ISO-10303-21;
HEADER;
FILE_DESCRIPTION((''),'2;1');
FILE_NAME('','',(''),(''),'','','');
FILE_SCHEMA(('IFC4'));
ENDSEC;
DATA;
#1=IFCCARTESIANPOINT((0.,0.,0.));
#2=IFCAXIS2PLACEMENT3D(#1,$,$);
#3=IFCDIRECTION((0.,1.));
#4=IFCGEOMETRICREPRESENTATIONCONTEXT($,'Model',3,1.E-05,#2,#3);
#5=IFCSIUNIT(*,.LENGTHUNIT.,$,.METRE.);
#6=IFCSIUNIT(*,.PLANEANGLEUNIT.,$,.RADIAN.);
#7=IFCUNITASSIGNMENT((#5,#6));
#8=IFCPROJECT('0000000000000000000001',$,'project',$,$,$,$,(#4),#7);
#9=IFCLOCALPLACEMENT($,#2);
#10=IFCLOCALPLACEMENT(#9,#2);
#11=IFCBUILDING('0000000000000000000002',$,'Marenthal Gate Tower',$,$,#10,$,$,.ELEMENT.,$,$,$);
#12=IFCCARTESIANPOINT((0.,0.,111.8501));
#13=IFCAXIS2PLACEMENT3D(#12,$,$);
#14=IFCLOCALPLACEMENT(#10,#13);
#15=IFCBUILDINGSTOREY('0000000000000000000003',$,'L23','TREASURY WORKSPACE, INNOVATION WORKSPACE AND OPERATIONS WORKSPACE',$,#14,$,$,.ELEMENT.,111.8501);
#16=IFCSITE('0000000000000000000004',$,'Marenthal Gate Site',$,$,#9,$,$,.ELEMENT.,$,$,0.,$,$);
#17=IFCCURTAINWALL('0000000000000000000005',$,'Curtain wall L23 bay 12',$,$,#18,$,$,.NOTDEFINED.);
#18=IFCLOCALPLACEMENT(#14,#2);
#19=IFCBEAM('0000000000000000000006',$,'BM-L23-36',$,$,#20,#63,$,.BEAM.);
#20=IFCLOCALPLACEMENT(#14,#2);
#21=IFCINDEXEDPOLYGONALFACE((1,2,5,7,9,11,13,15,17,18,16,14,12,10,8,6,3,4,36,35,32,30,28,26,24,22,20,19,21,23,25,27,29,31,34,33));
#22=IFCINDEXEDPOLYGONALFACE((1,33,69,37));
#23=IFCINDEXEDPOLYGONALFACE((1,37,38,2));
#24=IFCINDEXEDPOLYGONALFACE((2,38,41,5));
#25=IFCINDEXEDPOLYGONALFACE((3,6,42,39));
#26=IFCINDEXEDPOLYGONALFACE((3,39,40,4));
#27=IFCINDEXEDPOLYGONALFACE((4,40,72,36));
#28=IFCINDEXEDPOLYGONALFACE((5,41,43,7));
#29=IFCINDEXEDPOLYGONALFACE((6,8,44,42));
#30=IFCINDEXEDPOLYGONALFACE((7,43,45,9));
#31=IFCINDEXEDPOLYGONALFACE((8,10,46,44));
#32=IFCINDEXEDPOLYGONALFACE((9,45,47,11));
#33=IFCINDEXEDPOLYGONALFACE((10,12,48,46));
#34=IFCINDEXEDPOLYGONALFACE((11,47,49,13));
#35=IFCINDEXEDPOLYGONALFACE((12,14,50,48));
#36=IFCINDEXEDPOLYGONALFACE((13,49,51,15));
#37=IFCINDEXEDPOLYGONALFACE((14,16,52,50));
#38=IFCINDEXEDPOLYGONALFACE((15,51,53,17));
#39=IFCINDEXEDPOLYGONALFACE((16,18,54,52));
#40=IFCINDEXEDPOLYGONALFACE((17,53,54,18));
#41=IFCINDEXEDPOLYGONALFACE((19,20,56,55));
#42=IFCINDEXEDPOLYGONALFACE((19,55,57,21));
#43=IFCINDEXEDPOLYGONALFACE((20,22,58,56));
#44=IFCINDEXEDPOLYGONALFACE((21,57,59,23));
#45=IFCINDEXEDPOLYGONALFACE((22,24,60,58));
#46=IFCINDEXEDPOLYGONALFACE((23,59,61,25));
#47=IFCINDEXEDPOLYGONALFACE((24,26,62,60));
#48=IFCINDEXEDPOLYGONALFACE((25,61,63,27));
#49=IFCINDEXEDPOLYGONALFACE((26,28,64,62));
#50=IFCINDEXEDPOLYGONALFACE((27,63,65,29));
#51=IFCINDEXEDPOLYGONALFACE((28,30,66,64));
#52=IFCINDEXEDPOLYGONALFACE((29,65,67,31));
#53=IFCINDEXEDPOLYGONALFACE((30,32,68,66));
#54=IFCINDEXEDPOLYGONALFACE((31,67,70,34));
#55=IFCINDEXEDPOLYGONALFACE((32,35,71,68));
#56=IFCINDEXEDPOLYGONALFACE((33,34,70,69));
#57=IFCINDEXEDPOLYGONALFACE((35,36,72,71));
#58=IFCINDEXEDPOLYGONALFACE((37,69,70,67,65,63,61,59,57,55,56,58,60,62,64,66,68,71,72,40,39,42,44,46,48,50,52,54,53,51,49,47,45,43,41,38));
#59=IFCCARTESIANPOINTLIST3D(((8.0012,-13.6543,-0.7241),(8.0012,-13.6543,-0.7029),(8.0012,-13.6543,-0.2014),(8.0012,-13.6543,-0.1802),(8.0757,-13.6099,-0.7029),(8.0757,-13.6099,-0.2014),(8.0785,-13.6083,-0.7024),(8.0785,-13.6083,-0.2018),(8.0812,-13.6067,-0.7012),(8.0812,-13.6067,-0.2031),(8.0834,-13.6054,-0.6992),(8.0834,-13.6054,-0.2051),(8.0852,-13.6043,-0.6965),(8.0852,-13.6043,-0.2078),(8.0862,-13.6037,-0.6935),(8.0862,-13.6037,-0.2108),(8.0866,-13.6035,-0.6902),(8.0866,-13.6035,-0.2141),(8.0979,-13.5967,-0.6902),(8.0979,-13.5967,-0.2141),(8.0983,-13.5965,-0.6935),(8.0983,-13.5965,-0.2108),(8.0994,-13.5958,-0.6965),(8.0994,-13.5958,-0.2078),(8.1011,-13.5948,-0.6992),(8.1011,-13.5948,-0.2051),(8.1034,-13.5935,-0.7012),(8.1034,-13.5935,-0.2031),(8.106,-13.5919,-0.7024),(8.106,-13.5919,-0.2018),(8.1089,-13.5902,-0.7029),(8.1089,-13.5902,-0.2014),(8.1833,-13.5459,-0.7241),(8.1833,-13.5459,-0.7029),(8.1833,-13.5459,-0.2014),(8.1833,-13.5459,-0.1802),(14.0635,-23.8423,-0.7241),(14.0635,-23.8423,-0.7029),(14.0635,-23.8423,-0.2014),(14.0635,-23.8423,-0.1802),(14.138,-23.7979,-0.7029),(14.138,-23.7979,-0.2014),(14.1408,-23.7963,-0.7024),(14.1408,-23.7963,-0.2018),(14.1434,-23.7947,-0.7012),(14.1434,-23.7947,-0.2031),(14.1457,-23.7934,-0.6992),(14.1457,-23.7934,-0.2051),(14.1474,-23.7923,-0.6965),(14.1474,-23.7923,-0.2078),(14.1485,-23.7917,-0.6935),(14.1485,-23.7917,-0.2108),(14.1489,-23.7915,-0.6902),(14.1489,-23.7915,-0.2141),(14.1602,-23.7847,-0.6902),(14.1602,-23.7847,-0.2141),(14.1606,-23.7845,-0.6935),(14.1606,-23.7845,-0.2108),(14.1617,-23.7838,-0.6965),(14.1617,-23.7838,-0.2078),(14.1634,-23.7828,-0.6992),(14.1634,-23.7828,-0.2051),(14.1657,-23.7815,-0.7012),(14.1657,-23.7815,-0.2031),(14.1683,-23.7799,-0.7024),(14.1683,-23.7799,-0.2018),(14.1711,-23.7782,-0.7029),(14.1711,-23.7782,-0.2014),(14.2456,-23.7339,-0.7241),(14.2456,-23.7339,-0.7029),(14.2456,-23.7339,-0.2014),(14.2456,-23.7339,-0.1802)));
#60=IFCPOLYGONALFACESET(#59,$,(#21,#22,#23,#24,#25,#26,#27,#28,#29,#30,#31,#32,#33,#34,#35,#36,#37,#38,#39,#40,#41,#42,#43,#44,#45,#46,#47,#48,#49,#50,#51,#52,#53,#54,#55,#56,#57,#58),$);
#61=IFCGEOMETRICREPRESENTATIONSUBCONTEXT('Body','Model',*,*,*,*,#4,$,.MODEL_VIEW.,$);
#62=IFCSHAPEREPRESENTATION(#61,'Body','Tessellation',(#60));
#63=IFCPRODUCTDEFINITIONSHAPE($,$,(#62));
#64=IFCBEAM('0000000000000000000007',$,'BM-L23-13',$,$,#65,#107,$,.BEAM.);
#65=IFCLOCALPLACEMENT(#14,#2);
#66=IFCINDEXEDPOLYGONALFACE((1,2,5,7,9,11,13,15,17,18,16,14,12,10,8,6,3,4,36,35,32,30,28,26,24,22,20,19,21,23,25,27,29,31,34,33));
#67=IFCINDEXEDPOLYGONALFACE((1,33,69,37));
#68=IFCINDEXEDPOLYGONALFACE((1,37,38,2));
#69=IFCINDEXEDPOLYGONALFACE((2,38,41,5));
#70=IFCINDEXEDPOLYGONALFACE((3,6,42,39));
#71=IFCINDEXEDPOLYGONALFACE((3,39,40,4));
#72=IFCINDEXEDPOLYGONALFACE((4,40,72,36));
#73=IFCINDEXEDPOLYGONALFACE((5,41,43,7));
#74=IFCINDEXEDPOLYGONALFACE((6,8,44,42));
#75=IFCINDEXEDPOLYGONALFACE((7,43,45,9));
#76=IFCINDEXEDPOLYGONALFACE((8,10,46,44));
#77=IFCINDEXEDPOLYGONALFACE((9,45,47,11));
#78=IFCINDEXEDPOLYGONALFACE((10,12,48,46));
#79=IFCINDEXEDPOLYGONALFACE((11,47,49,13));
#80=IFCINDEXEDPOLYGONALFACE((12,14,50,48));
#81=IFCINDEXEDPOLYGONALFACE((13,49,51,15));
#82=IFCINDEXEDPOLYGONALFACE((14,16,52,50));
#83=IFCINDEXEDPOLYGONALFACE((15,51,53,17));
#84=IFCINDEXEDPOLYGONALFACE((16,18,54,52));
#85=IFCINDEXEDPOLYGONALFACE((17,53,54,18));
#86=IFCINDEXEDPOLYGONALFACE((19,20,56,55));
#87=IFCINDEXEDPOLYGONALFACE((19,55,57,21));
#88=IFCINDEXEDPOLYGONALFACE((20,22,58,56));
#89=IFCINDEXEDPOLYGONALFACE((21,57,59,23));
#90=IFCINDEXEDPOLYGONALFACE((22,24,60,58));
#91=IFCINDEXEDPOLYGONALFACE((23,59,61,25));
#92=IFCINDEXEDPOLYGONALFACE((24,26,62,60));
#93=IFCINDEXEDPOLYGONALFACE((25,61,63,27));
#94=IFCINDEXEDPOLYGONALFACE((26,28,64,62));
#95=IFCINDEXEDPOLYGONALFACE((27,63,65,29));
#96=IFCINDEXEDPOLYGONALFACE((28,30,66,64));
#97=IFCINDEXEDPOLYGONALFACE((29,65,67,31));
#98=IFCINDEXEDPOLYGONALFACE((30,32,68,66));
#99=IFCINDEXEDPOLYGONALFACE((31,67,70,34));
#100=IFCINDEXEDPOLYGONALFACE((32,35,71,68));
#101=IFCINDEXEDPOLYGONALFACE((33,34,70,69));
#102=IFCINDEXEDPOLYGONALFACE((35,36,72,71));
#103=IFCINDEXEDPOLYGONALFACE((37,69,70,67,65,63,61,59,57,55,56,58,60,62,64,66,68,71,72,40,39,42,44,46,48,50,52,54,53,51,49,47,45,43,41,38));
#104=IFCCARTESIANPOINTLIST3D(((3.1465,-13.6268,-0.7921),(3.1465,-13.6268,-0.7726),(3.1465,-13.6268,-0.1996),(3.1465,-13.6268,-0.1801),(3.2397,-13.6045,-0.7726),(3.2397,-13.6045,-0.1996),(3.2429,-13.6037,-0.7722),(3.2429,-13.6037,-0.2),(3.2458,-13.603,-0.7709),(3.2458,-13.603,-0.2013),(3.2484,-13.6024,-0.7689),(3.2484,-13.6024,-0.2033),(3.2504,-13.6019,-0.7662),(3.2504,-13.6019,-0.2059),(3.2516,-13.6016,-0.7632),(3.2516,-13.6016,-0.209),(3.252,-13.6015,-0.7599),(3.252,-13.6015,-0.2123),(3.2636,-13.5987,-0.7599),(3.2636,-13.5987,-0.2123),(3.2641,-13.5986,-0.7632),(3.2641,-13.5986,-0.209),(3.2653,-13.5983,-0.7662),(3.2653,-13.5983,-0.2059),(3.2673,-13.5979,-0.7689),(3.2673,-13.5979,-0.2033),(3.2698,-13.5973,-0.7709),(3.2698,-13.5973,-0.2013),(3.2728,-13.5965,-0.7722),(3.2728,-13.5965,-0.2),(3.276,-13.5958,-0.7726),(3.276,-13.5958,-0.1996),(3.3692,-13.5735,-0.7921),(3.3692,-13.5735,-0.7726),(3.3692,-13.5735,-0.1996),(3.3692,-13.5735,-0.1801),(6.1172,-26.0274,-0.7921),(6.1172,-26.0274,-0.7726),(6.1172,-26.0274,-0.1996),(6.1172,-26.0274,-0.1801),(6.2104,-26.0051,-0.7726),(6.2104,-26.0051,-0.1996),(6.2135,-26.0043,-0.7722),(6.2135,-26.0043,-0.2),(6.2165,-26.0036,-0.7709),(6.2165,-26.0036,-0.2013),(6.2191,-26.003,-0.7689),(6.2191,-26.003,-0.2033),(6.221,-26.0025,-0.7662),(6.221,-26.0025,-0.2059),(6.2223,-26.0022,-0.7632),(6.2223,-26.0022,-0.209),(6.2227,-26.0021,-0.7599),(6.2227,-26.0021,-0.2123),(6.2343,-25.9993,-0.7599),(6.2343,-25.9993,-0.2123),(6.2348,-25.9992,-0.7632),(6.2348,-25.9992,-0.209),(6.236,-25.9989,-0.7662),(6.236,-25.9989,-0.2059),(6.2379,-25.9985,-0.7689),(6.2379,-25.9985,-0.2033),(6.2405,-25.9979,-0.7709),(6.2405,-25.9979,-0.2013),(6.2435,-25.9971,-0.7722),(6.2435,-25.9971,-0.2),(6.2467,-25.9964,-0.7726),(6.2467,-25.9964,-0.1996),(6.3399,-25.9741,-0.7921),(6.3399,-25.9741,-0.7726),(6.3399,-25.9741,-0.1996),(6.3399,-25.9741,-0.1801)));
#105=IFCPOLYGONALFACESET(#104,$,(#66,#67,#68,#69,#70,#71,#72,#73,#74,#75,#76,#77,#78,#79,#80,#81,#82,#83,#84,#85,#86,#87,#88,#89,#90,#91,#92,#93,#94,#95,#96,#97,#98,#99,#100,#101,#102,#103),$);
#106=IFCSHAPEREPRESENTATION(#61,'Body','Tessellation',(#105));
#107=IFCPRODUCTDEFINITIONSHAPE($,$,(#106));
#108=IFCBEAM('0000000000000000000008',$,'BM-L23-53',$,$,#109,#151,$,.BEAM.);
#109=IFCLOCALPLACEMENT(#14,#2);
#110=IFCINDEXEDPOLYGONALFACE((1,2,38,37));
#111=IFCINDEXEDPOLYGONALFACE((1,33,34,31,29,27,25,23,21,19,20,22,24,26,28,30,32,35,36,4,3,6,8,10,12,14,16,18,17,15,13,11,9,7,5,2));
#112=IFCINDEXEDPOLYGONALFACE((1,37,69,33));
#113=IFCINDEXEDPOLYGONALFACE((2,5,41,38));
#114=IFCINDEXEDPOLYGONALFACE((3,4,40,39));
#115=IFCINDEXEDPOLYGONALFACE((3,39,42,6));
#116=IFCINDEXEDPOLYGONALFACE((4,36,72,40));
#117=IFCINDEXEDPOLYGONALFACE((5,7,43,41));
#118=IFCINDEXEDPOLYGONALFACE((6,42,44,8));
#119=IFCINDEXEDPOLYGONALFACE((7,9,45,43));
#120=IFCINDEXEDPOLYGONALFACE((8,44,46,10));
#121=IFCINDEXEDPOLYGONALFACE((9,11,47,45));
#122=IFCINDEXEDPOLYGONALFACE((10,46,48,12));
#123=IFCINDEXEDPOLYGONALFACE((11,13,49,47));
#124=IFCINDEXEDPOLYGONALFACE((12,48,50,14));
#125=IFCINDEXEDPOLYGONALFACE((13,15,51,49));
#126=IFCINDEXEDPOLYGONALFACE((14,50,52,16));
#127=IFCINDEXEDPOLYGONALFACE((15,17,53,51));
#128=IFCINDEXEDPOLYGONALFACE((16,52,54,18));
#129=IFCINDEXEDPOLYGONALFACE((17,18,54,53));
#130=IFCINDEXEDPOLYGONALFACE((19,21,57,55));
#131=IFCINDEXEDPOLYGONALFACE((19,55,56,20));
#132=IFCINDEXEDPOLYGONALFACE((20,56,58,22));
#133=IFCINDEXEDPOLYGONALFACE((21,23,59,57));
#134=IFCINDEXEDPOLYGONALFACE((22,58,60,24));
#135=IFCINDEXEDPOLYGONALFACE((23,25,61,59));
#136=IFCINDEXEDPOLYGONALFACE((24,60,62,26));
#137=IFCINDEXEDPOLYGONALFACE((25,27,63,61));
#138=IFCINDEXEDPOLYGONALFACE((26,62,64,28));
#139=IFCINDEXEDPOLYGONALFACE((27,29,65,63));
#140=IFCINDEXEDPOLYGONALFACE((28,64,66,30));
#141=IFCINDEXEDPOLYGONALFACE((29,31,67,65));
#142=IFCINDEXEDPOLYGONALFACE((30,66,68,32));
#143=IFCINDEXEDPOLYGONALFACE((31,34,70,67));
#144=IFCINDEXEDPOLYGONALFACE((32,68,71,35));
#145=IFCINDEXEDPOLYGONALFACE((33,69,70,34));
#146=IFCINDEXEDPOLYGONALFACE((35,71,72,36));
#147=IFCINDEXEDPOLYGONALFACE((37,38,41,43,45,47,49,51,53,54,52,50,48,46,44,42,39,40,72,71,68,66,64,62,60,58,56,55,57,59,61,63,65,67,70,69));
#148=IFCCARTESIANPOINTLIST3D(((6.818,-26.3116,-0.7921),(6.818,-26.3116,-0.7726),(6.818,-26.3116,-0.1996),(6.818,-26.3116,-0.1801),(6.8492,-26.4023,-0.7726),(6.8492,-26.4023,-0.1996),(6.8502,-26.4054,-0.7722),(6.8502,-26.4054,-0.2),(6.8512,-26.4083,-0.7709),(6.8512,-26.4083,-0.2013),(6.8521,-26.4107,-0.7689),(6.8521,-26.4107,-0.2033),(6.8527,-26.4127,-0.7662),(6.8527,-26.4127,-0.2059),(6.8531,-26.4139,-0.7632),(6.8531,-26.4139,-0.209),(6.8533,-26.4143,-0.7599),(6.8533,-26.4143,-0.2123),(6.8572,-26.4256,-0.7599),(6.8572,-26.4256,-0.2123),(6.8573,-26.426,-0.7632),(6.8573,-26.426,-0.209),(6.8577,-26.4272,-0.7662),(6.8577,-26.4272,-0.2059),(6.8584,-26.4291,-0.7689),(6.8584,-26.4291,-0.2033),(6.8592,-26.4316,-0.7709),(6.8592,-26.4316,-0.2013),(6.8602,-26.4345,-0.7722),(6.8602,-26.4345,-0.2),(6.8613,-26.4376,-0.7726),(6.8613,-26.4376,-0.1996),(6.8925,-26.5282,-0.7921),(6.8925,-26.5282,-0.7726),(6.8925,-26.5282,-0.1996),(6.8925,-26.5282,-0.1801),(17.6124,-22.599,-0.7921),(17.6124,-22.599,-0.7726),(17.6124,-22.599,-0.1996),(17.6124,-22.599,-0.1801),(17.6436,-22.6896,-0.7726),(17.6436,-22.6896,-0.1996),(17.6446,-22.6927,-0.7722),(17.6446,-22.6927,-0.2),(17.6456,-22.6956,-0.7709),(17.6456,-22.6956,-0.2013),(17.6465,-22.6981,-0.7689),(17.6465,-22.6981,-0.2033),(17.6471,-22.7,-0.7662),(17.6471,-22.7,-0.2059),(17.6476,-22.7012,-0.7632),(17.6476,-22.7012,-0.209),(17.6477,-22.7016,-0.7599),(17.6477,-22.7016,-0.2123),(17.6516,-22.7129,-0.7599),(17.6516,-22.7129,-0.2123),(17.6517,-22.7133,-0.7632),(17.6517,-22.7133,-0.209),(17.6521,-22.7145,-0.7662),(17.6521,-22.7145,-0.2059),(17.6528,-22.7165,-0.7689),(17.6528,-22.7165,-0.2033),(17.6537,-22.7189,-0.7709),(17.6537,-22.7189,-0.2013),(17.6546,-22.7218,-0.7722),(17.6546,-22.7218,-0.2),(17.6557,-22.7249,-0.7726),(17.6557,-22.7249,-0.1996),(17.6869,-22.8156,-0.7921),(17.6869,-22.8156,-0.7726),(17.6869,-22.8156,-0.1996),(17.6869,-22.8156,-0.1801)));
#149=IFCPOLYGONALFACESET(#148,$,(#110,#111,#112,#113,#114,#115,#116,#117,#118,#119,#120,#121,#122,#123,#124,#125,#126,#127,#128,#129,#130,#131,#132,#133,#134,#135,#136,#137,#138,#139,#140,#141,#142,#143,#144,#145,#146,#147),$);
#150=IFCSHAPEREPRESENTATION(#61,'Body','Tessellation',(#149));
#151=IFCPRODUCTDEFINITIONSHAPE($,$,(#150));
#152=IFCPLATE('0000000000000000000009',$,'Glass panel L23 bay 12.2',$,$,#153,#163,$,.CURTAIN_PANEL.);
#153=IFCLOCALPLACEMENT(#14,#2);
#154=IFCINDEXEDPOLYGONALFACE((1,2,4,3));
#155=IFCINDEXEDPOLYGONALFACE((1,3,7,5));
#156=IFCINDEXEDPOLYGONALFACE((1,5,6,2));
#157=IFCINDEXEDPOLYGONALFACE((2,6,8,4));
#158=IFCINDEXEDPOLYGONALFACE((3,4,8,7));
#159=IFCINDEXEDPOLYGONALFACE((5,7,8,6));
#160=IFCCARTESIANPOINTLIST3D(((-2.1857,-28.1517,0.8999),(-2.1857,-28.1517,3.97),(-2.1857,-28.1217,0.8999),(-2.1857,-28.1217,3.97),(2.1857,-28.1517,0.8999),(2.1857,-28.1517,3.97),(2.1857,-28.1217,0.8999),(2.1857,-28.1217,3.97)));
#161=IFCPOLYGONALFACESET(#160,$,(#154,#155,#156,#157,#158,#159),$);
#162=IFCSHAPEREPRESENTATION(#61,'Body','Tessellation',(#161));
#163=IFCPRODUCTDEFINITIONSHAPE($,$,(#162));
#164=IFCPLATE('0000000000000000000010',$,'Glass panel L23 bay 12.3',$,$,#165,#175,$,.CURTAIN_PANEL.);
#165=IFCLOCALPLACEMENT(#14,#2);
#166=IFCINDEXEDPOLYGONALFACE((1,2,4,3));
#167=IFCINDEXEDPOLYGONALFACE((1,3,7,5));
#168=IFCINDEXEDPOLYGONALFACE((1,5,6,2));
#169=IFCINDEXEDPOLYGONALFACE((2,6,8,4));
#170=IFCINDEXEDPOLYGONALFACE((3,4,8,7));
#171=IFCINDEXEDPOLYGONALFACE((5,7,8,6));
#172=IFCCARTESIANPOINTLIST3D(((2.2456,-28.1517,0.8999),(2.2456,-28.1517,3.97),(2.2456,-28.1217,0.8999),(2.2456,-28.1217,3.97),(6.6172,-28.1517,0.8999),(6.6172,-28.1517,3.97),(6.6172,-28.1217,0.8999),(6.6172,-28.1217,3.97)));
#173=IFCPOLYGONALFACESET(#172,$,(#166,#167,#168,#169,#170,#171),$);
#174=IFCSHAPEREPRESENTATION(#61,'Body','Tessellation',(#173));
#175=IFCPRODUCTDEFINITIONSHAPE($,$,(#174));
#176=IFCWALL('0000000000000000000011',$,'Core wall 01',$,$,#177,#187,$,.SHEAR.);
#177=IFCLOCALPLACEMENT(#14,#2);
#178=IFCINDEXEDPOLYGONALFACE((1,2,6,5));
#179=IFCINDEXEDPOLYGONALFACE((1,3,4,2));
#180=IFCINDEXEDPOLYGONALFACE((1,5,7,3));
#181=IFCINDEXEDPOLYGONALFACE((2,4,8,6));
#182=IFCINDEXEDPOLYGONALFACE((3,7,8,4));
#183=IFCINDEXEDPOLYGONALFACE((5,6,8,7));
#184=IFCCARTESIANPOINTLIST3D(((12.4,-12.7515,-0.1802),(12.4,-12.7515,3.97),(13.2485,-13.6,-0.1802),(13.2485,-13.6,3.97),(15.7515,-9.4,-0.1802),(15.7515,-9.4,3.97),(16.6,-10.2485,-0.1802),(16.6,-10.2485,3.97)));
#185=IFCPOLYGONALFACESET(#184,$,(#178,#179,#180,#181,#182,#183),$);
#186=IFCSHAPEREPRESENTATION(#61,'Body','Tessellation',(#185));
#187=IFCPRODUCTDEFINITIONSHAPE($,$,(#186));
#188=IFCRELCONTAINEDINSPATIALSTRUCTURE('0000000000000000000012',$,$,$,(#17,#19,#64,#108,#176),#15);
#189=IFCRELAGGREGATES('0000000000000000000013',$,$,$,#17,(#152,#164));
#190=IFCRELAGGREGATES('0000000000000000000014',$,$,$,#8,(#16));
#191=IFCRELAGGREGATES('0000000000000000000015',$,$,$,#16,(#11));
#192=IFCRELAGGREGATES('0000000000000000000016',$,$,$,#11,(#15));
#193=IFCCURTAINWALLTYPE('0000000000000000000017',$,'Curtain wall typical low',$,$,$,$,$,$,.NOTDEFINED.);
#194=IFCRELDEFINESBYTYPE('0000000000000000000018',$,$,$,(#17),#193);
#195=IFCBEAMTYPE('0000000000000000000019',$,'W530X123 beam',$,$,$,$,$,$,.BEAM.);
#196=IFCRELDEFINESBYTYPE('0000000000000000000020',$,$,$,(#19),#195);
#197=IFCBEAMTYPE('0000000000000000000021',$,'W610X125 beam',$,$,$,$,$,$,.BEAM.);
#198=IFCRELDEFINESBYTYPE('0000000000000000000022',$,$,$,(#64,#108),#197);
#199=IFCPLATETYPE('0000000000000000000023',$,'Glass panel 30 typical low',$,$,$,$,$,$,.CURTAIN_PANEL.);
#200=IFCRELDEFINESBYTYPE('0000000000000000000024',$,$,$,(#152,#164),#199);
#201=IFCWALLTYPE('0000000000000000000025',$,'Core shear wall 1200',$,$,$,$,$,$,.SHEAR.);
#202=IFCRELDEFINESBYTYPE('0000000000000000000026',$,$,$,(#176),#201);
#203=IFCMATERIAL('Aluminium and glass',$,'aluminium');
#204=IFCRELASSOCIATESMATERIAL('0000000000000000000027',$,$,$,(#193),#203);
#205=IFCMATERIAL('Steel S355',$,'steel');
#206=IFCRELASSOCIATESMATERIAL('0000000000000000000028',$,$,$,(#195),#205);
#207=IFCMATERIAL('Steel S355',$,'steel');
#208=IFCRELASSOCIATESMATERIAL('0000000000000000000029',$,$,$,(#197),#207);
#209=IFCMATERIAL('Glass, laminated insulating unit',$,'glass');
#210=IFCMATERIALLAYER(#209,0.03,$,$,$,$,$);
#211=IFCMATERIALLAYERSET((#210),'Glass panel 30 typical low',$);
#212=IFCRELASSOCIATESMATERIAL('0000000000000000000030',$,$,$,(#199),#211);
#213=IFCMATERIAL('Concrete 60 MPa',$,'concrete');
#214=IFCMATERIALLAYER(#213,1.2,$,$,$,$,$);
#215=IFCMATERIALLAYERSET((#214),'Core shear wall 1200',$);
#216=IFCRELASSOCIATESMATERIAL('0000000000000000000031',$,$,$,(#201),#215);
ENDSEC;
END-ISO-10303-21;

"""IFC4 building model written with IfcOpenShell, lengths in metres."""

from ifc_helpers import new_model, si_unit, direction, frame, frame_2d, origin, origin_2d, place, context, subcontext, project, spatial, rectangle, i_section, extrude, material, layer, layer_set, material_profile, profile_set, type_object, element, aggregate, save


model = new_model("IFC4")

# Units and contexts
model_context = context("Model", 3, precision=1e-05, world=origin(), true_north=direction((0.0, 1.0)))
body_context = subcontext(model_context, "Body", "Model", "MODEL_VIEW")
ifc_project = project(units=[si_unit("LENGTHUNIT", "METRE"), si_unit("PLANEANGLEUNIT", "RADIAN")], contexts=[model_context])

# Site, building, storey
site_placement = place(None, origin())
site = spatial("IfcSite", under=ifc_project, at=site_placement, Name="Marenthal Gate Site", CompositionType="ELEMENT", RefElevation=0.0)
building_placement = place(site_placement, origin())
building = spatial("IfcBuilding", under=site, at=building_placement, Name="Marenthal Gate Tower", CompositionType="ELEMENT")
storey_placement = place(building_placement, frame((0.0, 0.0, 111.8501)))
storey = spatial("IfcBuildingStorey", under=building, at=storey_placement, Name="L23", Description="TREASURY WORKSPACE, INNOVATION WORKSPACE AND OPERATIONS WORKSPACE", CompositionType="ELEMENT", Elevation=111.8501)

# Curtain wall
ifc_material_1 = material(Name="Aluminium and glass", Category="aluminium")
curtain_wall_type = type_object("IfcCurtainWallType", Name="Curtain wall typical low", PredefinedType="NOTDEFINED", material=ifc_material_1)
curtain_wall_placement = place(storey_placement, origin())
curtain_wall = element("IfcCurtainWall", 1, at=curtain_wall_placement, inside=storey, type_object=curtain_wall_type, Name="Curtain wall L23 bay 12", PredefinedType="NOTDEFINED")

# Beams
ifc_material_2 = material(Name="Steel S355", Category="steel")
ifc_material_profile_1 = material_profile(ifc_material_2, i_section(OverallWidth=0.2119, OverallDepth=0.5439, WebThickness=0.0132, FlangeThickness=0.0212, FilletRadius=0.0127, at=origin_2d()), Name="W530X123")
ifc_profile_set_1 = profile_set([ifc_material_profile_1], Name="Steel S355")
beam_type_1 = type_object("IfcBeamType", Name="W530X123 beam", PredefinedType="BEAM", material=ifc_profile_set_1)
beam_1_placement = place(storey_placement, frame((14.1545, -23.7881, -0.4521), z_axis=(-0.511358, 0.859368, 0.0), x_axis=(-0.859368, -0.511358, 0.0)))
element("IfcBeam", 2, at=beam_1_placement, inside=storey, type_object=beam_type_1, Name="BM-L23-36", PredefinedType="BEAM", context=body_context, shape_type="SweptSolid", body=[
    extrude(i_section(OverallWidth=0.2119, OverallDepth=0.5439, WebThickness=0.0132, FlangeThickness=0.0212, FilletRadius=0.0127, at=origin_2d()), origin(), (0.0, 0.0, 1.0), 11.8552),
])
ifc_material_3 = material(Name="Steel S355", Category="steel")
ifc_material_profile_2 = material_profile(ifc_material_3, i_section(OverallWidth=0.229, OverallDepth=0.6121, WebThickness=0.012, FlangeThickness=0.0195, FilletRadius=0.0127, at=origin_2d()), Name="W610X125")
ifc_profile_set_2 = profile_set([ifc_material_profile_2], Name="Steel S355")
beam_type_2 = type_object("IfcBeamType", Name="W610X125 beam", PredefinedType="BEAM", material=ifc_profile_set_2)
beam_2_placement = place(storey_placement, frame((6.2285, -26.0007, -0.4861), z_axis=(-0.232969, 0.972484, 0.0), x_axis=(-0.972484, -0.232969, 0.0)))
element("IfcBeam", 3, at=beam_2_placement, inside=storey, type_object=beam_type_2, Name="BM-L23-13", PredefinedType="BEAM", context=body_context, shape_type="SweptSolid", body=[
    extrude(i_section(OverallWidth=0.229, OverallDepth=0.6121, WebThickness=0.012, FlangeThickness=0.0195, FilletRadius=0.0127, at=origin_2d()), origin(), (0.0, 0.0, 1.0), 12.7515),
])
beam_3_placement = place(storey_placement, frame((6.8552, -26.4199, -0.4861), z_axis=(0.945631, 0.325241, 0.0), x_axis=(-0.325241, 0.945631, 0.0)))
element("IfcBeam", 4, at=beam_3_placement, inside=storey, type_object=beam_type_2, Name="BM-L23-53", PredefinedType="BEAM", context=body_context, shape_type="SweptSolid", body=[
    extrude(i_section(OverallWidth=0.229, OverallDepth=0.6121, WebThickness=0.012, FlangeThickness=0.0195, FilletRadius=0.0127, at=origin_2d()), origin(), (0.0, 0.0, 1.0), 11.415),
])

# Plates
ifc_material_4 = material(Name="Glass, laminated insulating unit", Category="glass")
ifc_layer_1 = layer(ifc_material_4, 0.03)
ifc_layer_set_1 = layer_set([ifc_layer_1], Name="Glass panel 30 typical low")
plate_type = type_object("IfcPlateType", Name="Glass panel 30 typical low", PredefinedType="CURTAIN_PANEL", material=ifc_layer_set_1)
plate_1_placement = place(storey_placement, frame((0.0, -28.1367, 0.8999), z_axis=(0.0, 0.0, 1.0), x_axis=(1.0, 0.0, 0.0)))
plate_1 = element("IfcPlate", 5, at=plate_1_placement, type_object=plate_type, Name="Glass panel L23 bay 12.2", PredefinedType="CURTAIN_PANEL", context=body_context, shape_type="SweptSolid", body=[
    extrude(rectangle(XDim=4.3713, YDim=0.03, at=origin_2d()), origin(), (0.0, 0.0, 1.0), 3.0701),
])
plate_2_placement = place(storey_placement, frame((4.4314, -28.1367, 0.8999), z_axis=(0.0, 0.0, 1.0), x_axis=(1.0, 0.0, 0.0)))
plate_2 = element("IfcPlate", 6, at=plate_2_placement, type_object=plate_type, Name="Glass panel L23 bay 12.3", PredefinedType="CURTAIN_PANEL", context=body_context, shape_type="SweptSolid", body=[
    extrude(rectangle(XDim=4.3716, YDim=0.03, at=origin_2d()), origin(), (0.0, 0.0, 1.0), 3.0701),
])
aggregate(curtain_wall, [plate_1, plate_2])

# Wall
ifc_material_5 = material(Name="Concrete 60 MPa", Category="concrete")
ifc_layer_2 = layer(ifc_material_5, 1.2)
ifc_layer_set_2 = layer_set([ifc_layer_2], Name="Core shear wall 1200")
wall_type_1 = type_object("IfcWallType", Name="Core shear wall 1200", PredefinedType="SHEAR", material=ifc_layer_set_2)
wall_1_placement = place(storey_placement, frame((12.8242, -13.1758, -0.1802), z_axis=(0.0, 0.0, 1.0), x_axis=(0.707107, 0.707107, 0.0)))
element("IfcWall", 7, at=wall_1_placement, inside=storey, type_object=wall_type_1, Name="Core wall 01", PredefinedType="SHEAR", context=body_context, shape_type="SweptSolid", body=[
    extrude(rectangle(XDim=4.7397, YDim=1.2, at=frame_2d((2.3699, 0.0))), origin(), (0.0, 0.0, 1.0), 4.1501),
])

save(model, "model.ifc")
